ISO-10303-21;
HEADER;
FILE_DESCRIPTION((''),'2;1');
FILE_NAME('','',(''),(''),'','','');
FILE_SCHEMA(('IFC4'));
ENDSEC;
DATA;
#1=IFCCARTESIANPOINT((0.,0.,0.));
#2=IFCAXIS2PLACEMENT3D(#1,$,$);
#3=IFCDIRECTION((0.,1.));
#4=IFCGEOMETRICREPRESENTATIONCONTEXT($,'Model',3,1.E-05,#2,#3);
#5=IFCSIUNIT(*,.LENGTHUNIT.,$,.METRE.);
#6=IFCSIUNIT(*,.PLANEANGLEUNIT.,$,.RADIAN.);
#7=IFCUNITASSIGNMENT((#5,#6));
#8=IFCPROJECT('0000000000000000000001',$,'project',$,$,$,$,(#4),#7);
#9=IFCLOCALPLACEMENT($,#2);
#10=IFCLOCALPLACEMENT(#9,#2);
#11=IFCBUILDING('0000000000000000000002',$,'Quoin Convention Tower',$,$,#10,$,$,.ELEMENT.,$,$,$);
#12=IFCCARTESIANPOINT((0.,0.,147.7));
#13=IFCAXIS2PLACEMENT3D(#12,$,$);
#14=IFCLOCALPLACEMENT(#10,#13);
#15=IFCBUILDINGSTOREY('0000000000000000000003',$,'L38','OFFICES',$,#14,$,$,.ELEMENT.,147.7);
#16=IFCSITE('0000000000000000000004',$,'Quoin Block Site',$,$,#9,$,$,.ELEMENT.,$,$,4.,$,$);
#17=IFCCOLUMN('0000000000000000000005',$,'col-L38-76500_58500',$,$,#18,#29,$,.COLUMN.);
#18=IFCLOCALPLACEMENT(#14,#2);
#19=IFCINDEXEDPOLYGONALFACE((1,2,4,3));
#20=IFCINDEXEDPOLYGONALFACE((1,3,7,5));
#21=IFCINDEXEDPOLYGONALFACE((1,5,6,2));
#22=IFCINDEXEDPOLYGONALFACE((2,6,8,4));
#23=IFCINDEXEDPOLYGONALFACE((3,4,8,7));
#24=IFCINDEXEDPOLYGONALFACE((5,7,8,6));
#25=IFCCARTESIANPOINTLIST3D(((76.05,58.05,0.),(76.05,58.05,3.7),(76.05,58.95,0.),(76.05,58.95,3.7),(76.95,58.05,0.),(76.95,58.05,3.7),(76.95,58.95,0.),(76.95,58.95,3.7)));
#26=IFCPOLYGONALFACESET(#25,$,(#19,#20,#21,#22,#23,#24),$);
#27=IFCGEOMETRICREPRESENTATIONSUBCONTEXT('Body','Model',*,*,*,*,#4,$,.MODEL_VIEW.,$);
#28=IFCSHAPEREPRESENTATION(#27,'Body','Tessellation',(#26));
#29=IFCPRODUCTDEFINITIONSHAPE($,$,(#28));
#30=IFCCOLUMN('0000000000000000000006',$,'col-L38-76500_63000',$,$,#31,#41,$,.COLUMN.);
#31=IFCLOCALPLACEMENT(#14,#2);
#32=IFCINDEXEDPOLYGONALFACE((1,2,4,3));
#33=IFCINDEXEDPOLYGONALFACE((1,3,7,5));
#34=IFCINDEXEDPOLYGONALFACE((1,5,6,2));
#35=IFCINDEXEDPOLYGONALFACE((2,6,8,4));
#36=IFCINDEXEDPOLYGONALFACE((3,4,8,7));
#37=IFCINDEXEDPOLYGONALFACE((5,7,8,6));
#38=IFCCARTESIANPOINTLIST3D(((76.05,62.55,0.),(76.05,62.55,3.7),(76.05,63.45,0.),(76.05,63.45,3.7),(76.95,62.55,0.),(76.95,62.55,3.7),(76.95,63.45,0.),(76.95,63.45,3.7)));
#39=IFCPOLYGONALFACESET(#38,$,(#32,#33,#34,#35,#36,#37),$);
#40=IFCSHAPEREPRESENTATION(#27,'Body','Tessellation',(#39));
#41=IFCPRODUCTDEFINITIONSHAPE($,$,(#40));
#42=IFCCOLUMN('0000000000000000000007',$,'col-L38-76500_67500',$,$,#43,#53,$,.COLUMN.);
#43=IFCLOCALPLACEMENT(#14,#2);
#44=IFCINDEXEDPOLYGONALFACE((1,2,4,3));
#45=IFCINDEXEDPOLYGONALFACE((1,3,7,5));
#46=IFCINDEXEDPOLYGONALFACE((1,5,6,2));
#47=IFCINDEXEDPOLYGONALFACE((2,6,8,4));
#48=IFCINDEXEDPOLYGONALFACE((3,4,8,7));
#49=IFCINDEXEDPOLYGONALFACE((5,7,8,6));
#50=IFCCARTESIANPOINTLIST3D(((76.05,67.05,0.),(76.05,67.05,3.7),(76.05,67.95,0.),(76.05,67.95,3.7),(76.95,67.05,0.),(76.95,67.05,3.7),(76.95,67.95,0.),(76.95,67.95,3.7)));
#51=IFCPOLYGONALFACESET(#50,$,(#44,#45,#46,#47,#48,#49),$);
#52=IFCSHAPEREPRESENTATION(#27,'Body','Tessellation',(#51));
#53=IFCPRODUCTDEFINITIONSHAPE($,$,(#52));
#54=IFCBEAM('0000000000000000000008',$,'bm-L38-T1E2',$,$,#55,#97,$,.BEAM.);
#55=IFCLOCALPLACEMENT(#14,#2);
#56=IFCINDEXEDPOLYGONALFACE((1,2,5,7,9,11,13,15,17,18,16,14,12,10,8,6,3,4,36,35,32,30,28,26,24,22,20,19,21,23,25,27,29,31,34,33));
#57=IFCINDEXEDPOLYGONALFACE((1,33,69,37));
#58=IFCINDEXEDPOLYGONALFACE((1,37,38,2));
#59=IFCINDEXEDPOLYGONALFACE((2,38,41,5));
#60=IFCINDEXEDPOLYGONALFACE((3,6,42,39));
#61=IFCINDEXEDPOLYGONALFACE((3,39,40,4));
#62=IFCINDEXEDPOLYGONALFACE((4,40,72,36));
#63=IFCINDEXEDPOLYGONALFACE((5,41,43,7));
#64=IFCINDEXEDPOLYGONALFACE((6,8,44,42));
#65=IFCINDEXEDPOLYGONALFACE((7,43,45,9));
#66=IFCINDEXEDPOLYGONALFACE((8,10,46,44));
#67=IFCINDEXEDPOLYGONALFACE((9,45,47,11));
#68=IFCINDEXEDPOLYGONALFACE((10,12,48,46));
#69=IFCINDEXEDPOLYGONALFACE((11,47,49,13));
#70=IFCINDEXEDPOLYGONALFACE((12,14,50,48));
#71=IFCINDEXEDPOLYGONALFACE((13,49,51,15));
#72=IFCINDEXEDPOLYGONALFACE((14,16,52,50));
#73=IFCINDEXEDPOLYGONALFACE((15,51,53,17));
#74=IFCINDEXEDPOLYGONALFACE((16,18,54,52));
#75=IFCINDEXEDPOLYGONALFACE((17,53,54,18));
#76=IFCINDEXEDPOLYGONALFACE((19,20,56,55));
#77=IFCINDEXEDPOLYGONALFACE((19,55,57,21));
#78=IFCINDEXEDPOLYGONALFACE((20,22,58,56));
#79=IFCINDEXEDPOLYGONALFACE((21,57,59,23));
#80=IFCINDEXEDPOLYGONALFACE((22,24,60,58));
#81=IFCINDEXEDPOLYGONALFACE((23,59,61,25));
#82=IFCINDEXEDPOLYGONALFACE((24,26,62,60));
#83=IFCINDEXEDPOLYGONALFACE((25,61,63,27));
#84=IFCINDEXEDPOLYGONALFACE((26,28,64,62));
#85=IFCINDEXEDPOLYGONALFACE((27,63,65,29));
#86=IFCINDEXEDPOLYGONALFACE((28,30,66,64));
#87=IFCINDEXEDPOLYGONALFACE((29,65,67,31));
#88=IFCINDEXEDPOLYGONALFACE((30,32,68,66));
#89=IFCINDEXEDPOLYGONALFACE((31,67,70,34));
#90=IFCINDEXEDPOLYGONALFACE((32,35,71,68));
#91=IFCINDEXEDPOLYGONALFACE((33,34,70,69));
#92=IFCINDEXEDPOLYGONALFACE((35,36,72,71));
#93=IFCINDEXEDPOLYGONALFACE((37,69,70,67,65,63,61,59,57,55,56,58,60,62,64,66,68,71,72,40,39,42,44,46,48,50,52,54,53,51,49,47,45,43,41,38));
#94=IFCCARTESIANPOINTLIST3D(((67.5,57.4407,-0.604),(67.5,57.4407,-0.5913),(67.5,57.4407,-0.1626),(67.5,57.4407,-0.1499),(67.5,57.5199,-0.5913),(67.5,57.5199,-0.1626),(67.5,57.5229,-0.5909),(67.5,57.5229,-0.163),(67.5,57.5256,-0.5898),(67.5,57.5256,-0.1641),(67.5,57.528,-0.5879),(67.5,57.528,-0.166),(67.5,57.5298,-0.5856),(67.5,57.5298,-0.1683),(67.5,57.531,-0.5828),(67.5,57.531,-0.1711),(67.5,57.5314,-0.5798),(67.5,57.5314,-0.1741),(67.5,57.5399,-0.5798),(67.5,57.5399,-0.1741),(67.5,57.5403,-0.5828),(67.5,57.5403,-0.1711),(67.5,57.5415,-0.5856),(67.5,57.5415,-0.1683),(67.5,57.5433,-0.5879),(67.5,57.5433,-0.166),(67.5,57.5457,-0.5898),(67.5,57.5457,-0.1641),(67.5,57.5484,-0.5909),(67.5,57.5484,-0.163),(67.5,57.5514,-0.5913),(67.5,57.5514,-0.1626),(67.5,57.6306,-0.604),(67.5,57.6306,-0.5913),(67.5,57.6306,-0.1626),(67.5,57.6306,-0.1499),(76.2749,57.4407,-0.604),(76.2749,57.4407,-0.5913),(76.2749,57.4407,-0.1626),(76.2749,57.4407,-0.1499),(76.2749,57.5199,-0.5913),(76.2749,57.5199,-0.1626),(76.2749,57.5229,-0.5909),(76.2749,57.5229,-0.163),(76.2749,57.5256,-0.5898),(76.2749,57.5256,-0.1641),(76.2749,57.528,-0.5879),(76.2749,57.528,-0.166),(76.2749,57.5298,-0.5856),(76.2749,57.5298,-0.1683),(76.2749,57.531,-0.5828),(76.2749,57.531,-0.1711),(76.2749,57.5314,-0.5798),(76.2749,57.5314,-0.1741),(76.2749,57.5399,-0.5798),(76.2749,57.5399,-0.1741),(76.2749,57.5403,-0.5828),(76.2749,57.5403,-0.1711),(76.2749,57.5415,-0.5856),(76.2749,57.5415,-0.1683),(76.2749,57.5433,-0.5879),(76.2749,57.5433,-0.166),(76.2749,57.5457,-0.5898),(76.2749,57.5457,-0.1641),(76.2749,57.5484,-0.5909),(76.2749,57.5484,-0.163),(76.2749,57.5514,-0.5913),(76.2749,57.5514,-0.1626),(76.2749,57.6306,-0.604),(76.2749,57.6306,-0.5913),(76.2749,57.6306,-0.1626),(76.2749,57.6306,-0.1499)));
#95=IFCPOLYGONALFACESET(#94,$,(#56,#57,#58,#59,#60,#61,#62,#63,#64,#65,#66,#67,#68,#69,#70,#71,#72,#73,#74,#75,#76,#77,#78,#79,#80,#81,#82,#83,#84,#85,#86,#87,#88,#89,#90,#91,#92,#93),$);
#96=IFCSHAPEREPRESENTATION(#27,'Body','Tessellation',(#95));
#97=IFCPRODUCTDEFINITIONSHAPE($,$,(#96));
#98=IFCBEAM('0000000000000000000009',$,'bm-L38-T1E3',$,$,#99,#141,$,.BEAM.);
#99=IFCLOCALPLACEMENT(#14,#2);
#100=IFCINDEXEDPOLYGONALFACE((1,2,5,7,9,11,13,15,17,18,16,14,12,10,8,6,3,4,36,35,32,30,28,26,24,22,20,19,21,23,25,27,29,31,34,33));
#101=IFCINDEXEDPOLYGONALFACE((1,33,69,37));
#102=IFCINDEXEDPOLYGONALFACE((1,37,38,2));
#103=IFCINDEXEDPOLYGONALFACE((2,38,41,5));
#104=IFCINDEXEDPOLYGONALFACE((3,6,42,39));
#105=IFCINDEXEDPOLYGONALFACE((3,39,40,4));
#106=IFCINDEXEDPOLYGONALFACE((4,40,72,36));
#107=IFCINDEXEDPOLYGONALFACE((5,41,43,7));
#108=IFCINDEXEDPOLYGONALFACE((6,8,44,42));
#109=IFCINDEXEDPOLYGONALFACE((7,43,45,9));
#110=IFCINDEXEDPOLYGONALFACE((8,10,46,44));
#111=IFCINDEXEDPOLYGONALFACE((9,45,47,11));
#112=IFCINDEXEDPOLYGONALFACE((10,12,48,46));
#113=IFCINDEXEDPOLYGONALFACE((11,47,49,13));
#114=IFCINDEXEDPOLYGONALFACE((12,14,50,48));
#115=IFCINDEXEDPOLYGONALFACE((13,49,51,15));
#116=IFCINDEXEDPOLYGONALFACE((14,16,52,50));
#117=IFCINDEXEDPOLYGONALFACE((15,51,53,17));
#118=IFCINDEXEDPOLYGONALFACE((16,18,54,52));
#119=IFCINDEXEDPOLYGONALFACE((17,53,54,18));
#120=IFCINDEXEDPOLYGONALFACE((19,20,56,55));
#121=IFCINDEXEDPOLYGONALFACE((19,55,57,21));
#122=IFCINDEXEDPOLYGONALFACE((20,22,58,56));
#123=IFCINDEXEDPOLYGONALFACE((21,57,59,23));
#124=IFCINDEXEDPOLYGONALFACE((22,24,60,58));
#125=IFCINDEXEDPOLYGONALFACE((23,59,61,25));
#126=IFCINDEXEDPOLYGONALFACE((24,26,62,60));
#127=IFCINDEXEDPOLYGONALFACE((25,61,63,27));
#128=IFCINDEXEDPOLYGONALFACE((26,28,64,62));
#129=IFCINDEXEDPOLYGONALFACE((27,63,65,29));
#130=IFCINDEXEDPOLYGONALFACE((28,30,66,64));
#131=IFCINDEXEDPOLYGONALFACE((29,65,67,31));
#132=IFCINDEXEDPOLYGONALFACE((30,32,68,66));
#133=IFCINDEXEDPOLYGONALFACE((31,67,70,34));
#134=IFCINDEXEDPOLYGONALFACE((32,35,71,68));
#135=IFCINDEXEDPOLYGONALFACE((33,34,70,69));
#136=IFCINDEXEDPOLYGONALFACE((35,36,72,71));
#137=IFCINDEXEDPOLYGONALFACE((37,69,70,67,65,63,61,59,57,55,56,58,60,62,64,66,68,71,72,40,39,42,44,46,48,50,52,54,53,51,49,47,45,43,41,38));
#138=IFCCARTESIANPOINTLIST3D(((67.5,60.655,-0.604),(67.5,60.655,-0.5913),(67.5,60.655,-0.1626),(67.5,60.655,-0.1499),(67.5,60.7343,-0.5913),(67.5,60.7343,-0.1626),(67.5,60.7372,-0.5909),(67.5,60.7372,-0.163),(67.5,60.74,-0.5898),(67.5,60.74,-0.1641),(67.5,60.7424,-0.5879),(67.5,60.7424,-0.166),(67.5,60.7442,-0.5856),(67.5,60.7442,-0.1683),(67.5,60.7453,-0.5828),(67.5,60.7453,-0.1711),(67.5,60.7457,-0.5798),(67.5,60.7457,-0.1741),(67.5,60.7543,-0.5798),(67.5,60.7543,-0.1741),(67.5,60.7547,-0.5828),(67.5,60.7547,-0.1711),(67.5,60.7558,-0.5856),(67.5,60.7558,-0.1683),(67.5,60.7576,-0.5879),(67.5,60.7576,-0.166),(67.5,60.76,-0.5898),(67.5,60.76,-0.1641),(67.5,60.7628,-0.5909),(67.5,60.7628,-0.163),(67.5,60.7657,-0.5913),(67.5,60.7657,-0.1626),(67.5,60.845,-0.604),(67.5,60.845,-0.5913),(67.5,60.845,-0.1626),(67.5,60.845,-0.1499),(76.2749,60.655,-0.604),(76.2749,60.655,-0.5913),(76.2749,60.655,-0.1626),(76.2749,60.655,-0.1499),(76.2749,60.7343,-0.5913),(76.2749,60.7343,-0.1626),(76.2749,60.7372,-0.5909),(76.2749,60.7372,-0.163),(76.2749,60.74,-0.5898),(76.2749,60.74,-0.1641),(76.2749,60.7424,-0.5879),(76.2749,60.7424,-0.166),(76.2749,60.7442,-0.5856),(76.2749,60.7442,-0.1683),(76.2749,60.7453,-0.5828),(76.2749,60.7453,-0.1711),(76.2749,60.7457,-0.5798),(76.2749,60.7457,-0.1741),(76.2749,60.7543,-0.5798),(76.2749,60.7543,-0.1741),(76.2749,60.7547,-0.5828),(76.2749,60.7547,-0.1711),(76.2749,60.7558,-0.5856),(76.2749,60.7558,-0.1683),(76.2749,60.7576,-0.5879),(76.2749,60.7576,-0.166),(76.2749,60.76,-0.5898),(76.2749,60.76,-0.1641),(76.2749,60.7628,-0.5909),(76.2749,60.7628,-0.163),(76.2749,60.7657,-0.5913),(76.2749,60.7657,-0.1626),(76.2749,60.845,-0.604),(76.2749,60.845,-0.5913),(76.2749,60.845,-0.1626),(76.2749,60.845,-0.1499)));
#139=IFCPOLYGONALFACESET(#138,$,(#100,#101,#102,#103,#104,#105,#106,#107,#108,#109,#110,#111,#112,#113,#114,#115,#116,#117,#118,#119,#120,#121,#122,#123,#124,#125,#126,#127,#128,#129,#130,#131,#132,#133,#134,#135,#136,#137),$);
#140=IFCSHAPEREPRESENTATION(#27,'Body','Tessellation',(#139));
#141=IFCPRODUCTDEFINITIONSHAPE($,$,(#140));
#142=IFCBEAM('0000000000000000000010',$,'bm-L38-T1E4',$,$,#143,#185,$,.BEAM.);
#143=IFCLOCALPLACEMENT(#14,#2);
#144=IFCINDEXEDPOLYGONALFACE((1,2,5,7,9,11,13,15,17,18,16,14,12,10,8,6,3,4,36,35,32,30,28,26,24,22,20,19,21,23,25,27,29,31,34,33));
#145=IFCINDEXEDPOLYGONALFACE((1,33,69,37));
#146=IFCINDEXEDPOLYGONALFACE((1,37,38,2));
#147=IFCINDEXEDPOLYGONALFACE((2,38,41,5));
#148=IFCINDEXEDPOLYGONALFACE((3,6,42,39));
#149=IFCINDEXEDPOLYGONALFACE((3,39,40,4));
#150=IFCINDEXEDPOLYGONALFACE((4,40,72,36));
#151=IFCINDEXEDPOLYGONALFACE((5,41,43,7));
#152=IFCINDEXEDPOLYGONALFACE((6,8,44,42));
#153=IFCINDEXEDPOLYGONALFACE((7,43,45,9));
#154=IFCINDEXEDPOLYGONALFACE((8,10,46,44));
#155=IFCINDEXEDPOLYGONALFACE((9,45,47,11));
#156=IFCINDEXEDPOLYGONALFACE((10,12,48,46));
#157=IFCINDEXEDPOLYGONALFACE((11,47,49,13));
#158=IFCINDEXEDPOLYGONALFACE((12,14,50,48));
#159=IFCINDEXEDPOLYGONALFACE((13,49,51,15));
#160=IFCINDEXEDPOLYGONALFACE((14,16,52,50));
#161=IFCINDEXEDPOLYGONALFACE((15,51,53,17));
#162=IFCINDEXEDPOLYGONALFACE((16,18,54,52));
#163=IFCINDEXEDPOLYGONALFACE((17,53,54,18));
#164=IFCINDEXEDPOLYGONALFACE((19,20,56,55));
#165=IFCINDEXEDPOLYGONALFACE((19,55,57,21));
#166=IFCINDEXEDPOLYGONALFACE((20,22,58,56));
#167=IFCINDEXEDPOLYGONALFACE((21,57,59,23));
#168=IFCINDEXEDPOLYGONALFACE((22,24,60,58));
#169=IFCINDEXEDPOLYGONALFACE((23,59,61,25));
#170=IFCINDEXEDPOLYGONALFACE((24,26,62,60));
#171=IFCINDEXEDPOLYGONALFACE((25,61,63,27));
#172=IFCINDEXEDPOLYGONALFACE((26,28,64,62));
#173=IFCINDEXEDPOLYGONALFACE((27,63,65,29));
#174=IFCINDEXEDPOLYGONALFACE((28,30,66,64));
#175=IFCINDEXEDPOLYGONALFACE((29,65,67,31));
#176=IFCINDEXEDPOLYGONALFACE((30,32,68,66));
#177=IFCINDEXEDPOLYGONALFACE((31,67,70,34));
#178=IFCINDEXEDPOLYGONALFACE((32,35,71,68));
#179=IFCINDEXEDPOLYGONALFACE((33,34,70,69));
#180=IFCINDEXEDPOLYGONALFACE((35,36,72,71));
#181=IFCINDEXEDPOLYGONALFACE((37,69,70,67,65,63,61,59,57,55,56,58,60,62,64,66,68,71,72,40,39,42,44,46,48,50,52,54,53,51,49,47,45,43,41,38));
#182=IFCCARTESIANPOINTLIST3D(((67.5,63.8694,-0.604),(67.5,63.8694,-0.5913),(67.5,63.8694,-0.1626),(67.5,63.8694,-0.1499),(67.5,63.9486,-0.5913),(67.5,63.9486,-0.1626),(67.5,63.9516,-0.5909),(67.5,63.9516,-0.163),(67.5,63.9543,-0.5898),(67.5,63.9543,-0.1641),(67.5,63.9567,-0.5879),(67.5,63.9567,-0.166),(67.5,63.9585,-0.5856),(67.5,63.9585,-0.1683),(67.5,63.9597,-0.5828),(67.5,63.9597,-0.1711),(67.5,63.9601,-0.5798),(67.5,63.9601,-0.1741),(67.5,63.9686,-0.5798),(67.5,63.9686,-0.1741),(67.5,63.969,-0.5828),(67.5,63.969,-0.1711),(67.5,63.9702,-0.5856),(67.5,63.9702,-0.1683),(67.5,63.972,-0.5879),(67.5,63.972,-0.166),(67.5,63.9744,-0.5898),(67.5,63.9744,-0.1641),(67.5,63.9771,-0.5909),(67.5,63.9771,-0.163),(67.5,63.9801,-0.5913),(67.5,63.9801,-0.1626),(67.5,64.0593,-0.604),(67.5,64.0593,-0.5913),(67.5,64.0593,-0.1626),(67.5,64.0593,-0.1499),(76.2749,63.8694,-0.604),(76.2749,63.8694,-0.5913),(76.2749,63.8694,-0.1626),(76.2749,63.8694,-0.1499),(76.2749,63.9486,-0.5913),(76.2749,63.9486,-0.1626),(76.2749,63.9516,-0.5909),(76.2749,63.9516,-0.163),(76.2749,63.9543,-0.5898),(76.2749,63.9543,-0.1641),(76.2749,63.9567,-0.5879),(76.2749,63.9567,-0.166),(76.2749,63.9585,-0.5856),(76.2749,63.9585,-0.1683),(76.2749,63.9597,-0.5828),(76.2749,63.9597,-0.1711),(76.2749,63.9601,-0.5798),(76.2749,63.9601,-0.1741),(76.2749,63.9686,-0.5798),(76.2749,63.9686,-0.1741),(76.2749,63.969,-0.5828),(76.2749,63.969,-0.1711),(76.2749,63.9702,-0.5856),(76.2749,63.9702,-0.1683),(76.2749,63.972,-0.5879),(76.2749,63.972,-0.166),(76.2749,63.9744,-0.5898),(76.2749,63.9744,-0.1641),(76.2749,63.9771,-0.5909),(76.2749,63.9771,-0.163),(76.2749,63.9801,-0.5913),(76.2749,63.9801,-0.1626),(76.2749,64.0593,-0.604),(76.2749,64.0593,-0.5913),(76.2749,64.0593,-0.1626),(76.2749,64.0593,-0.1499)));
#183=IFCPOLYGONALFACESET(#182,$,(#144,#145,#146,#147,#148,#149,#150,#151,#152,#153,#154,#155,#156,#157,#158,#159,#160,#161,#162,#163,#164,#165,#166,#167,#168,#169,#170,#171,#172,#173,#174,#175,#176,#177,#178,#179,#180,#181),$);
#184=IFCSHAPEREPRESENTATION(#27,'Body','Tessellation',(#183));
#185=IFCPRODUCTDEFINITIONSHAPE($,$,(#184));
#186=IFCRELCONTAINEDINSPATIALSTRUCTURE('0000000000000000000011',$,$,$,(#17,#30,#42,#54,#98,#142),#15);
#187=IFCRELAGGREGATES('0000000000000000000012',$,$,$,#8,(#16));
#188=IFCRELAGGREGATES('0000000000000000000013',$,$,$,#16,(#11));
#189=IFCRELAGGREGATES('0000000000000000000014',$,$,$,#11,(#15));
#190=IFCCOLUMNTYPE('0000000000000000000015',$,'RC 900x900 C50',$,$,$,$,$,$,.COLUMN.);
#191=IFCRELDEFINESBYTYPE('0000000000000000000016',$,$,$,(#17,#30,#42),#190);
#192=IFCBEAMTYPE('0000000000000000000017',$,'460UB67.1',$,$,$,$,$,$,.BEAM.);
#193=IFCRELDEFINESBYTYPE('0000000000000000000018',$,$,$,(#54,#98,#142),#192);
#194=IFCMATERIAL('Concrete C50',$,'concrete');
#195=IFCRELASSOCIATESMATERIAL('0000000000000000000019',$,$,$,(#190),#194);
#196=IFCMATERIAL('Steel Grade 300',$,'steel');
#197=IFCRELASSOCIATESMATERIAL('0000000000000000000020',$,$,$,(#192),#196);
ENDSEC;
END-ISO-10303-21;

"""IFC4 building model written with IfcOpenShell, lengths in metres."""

from ifc_helpers import new_model, si_unit, direction, frame, origin, origin_2d, place, context, subcontext, project, spatial, rectangle, i_section, extrude, material, material_profile, profile_set, type_object, element, save


model = new_model("IFC4")

# Units and contexts
model_context = context("Model", 3, precision=1e-05, world=origin(), true_north=direction((0.0, 1.0)))
body_context = subcontext(model_context, "Body", "Model", "MODEL_VIEW")
ifc_project = project(units=[si_unit("LENGTHUNIT", "METRE"), si_unit("PLANEANGLEUNIT", "RADIAN")], contexts=[model_context])

# Site, building, storey
site_placement = place(None, origin())
site = spatial("IfcSite", under=ifc_project, at=site_placement, Name="Quoin Block Site", CompositionType="ELEMENT", RefElevation=4.0)
building_placement = place(site_placement, origin())
building = spatial("IfcBuilding", under=site, at=building_placement, Name="Quoin Convention Tower", CompositionType="ELEMENT")
storey_placement = place(building_placement, frame((0.0, 0.0, 147.7)))
storey = spatial("IfcBuildingStorey", under=building, at=storey_placement, Name="L38", Description="OFFICES", CompositionType="ELEMENT", Elevation=147.7)

# Columns
ifc_material_1 = material(Name="Concrete C50", Category="concrete")
ifc_material_profile_1 = material_profile(ifc_material_1, rectangle(XDim=0.8999, YDim=0.8999, at=origin_2d()), Name="RC 900x900")
ifc_profile_set_1 = profile_set([ifc_material_profile_1], Name="Concrete C50")
column_type = type_object("IfcColumnType", Name="RC 900x900 C50", PredefinedType="COLUMN", material=ifc_profile_set_1)
for number, where, z_axis, x_axis, name in (
    (1, (76.5, 58.5, 0.0), (0.0, 0.0, 1.0), (1.0, 0.0, 0.0), "col-L38-76500_58500"),
    (2, (76.5, 63.0, 0.0), (0.0, 0.0, 1.0), (1.0, 0.0, 0.0), "col-L38-76500_63000"),
    (3, (76.5, 67.5, 0.0), (0.0, 0.0, 1.0), (1.0, 0.0, 0.0), "col-L38-76500_67500"),
):
    element("IfcColumn", number, at=place(storey_placement, frame(where, z_axis=z_axis, x_axis=x_axis)), inside=storey, type_object=column_type, Name=name, PredefinedType="COLUMN", context=body_context, shape_type="SweptSolid", body=[
        extrude(rectangle(XDim=0.8999, YDim=0.8999, at=origin_2d()), origin(), (0.0, 0.0, 1.0), 3.7),
    ])

# Beams
ifc_material_2 = material(Name="Steel Grade 300", Category="steel")
ifc_material_profile_2 = material_profile(ifc_material_2, i_section(OverallWidth=0.1899, OverallDepth=0.4541, WebThickness=0.0085, FlangeThickness=0.0127, FilletRadius=0.0115, at=origin_2d()), Name="460UB67.1")
ifc_profile_set_2 = profile_set([ifc_material_profile_2], Name="Steel Grade 300")
beam_type_1 = type_object("IfcBeamType", Name="460UB67.1", PredefinedType="BEAM", material=ifc_profile_set_2)
for number, where, z_axis, x_axis, name in (
    (4, (67.5, 57.5356, -0.377), (1.0, 0.0, 0.0), (0.0, 1.0, 0.0), "bm-L38-T1E2"),
    (5, (67.5, 60.75, -0.377), (1.0, 0.0, 0.0), (0.0, 1.0, 0.0), "bm-L38-T1E3"),
    (6, (67.5, 63.9644, -0.377), (1.0, 0.0, 0.0), (0.0, 1.0, 0.0), "bm-L38-T1E4"),
):
    element("IfcBeam", number, at=place(storey_placement, frame(where, z_axis=z_axis, x_axis=x_axis)), inside=storey, type_object=beam_type_1, Name=name, PredefinedType="BEAM", context=body_context, shape_type="SweptSolid", body=[
        extrude(i_section(OverallWidth=0.1899, OverallDepth=0.4541, WebThickness=0.0085, FlangeThickness=0.0127, FilletRadius=0.0115, at=origin_2d()), origin(), (0.0, 0.0, 1.0), 8.7749),
    ])

save(model, "model.ifc")
